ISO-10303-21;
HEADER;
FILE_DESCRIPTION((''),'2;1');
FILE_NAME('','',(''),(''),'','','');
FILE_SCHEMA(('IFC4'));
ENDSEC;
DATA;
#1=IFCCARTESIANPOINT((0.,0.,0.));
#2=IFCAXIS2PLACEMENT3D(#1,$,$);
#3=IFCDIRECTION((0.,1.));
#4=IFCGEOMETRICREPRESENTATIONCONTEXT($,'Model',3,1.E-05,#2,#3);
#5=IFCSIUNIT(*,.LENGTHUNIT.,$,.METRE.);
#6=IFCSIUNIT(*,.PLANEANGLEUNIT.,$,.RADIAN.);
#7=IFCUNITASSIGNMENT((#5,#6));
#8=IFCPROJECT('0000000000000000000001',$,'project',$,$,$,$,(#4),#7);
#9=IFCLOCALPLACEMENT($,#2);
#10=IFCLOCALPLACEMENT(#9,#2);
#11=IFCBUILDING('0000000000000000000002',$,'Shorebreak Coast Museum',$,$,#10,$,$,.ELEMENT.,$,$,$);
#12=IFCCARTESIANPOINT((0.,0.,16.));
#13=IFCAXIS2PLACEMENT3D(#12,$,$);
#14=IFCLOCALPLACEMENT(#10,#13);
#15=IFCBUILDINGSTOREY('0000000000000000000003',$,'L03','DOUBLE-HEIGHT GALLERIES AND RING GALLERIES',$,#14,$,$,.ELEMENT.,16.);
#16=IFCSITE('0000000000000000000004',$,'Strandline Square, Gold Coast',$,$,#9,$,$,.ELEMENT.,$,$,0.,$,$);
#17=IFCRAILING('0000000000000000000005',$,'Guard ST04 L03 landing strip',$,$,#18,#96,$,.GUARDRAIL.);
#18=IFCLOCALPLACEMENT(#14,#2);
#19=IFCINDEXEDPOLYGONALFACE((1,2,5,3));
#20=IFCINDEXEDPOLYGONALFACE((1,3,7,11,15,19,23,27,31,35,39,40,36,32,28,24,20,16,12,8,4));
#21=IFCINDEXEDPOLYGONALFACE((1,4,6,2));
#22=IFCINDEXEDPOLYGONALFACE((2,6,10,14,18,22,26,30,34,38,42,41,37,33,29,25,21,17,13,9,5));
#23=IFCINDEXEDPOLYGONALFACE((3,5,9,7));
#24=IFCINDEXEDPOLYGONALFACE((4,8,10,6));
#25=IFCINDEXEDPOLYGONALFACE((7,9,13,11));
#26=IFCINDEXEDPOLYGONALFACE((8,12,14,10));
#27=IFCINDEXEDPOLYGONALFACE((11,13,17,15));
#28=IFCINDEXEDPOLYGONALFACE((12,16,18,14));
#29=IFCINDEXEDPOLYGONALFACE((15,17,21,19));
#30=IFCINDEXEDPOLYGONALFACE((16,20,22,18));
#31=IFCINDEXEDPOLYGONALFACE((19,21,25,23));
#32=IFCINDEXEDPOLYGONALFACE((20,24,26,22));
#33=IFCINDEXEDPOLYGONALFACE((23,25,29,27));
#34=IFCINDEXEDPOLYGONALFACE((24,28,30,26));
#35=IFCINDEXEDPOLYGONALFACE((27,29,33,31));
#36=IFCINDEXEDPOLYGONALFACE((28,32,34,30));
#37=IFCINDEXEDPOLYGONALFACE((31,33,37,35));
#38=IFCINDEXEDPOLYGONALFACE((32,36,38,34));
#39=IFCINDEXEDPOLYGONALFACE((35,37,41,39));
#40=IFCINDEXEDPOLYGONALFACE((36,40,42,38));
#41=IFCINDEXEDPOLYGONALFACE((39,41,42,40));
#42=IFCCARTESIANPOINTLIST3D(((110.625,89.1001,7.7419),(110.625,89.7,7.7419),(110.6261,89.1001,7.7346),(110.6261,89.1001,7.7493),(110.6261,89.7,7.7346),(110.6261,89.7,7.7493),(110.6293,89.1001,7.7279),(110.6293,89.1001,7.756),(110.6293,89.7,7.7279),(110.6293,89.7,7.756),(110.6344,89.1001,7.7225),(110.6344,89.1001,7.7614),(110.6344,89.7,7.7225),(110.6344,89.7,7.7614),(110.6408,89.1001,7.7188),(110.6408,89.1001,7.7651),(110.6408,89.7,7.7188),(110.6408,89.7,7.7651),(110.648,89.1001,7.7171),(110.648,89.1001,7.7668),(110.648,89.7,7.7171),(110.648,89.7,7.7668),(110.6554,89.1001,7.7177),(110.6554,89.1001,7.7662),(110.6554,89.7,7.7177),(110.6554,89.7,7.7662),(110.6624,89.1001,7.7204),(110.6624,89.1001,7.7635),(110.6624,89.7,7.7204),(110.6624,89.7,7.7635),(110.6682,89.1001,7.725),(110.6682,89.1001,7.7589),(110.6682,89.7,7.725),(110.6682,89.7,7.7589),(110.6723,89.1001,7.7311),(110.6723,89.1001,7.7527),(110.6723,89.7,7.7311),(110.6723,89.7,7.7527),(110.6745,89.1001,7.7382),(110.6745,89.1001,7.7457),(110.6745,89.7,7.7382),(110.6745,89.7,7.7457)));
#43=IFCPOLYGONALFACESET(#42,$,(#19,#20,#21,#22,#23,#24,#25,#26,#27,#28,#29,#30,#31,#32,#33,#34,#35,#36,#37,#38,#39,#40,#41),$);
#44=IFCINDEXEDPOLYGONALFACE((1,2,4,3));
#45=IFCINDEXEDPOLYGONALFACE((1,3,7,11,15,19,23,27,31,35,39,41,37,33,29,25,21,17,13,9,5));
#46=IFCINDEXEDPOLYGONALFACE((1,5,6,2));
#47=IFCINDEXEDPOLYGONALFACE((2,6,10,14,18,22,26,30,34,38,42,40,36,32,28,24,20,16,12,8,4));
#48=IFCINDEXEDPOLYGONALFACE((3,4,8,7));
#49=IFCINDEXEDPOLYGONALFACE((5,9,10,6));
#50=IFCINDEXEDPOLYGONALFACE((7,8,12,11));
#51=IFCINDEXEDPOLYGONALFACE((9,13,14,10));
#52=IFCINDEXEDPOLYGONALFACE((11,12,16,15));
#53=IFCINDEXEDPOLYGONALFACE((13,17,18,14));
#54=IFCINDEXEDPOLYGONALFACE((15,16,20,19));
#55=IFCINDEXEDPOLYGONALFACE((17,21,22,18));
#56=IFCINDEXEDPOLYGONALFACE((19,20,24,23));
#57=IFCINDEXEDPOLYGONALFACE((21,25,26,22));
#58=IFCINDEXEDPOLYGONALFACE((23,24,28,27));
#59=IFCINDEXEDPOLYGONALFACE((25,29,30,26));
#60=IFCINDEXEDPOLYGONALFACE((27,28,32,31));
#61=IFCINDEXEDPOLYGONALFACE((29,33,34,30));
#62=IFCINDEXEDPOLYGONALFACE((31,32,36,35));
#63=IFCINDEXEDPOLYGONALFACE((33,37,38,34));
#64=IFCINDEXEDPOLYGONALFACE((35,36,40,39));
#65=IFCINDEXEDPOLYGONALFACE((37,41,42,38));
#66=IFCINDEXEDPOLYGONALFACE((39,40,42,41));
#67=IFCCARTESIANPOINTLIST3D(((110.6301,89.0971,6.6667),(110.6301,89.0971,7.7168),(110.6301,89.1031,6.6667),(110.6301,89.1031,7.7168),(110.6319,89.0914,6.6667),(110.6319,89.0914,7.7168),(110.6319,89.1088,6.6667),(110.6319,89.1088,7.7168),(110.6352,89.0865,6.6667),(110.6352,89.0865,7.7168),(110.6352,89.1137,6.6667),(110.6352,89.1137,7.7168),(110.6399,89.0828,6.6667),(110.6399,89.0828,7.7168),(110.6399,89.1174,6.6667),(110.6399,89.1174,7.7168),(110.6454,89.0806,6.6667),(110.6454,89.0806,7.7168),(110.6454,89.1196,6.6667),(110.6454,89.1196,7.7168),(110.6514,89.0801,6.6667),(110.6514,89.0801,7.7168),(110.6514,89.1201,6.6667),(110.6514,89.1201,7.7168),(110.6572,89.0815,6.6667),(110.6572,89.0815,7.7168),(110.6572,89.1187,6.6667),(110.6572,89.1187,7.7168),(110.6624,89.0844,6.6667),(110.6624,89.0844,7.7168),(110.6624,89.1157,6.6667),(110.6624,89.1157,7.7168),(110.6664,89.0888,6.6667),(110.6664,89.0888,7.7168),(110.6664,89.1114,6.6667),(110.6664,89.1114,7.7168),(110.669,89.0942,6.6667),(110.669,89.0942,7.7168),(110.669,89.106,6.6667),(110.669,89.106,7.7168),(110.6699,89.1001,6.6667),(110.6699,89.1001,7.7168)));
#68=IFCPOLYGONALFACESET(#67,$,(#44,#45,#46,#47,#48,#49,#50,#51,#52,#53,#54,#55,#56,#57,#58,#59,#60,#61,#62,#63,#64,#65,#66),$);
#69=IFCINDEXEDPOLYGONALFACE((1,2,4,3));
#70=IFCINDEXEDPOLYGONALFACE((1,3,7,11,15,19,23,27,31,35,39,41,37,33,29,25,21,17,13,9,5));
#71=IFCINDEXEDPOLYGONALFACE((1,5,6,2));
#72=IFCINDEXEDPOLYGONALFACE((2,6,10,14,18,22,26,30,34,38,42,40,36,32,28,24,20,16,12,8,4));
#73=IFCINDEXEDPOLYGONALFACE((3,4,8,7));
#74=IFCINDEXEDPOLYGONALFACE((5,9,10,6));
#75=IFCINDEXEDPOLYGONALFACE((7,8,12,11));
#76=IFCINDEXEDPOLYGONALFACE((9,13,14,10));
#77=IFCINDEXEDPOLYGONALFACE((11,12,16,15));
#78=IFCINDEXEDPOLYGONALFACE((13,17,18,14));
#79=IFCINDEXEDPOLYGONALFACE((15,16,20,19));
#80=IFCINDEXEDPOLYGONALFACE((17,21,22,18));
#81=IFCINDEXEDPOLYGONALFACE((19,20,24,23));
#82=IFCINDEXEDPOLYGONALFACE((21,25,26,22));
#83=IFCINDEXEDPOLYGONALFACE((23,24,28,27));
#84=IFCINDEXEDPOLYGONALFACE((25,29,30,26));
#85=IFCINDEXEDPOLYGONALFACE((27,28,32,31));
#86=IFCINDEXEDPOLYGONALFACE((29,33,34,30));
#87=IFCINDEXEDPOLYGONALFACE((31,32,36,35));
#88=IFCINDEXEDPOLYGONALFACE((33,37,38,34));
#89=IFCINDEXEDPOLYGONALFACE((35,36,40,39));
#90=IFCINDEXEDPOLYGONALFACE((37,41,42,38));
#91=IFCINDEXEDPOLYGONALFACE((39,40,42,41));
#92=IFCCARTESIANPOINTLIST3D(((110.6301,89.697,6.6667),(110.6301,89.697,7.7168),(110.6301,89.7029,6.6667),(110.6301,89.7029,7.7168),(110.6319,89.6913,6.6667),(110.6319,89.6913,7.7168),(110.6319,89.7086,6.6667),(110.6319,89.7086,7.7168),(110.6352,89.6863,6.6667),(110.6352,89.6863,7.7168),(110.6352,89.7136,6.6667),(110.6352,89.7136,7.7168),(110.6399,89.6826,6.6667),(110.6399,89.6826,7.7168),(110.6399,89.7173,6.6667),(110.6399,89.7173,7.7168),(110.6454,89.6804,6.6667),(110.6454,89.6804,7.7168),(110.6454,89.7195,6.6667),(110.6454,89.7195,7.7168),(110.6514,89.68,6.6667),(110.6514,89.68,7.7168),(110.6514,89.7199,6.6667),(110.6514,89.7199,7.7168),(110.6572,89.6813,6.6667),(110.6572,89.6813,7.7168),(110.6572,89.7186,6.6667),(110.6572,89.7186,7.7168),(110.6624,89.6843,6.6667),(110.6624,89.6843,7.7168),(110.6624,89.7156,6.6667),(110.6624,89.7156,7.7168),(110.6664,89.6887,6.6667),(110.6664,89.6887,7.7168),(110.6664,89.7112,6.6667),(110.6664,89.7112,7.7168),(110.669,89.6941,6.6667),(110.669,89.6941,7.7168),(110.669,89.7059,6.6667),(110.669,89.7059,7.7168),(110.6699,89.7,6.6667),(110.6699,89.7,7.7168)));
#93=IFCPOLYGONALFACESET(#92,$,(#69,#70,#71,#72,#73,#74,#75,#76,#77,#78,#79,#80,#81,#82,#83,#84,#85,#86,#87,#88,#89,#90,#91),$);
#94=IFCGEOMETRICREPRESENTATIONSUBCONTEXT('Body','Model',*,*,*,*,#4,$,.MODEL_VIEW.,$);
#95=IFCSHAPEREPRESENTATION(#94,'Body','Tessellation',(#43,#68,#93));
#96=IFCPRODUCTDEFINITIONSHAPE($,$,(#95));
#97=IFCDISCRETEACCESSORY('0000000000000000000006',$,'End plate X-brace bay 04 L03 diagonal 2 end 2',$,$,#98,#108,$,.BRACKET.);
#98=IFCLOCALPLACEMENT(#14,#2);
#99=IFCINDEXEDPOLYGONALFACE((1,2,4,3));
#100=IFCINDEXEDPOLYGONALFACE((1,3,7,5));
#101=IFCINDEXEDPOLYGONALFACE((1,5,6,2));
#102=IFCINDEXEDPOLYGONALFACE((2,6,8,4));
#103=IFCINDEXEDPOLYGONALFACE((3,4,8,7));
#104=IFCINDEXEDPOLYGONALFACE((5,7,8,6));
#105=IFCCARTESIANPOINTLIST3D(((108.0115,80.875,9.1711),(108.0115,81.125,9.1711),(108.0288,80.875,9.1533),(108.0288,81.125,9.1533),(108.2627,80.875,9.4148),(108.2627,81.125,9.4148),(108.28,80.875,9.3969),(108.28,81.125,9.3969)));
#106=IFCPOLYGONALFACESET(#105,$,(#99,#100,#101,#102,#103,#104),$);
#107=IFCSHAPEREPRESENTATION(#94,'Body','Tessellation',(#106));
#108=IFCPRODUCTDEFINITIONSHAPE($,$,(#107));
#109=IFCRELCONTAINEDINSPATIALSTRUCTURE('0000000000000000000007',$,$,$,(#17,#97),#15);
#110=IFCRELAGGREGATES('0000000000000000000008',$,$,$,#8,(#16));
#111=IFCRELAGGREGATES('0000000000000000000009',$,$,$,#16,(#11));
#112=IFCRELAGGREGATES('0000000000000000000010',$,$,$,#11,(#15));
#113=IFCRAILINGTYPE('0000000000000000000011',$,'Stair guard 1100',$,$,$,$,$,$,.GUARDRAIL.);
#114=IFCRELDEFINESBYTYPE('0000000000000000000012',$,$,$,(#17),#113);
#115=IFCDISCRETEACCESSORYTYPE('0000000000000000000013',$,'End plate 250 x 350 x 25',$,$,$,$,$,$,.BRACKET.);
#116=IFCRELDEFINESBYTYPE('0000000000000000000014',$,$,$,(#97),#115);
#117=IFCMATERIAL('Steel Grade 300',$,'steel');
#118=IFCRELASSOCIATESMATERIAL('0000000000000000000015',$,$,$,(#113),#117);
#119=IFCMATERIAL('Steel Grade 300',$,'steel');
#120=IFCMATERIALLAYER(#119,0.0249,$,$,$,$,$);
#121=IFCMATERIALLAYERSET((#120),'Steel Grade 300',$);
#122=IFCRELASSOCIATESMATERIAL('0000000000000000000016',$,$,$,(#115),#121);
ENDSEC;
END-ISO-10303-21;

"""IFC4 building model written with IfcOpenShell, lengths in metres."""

from ifc_helpers import new_model, si_unit, direction, frame, origin, origin_2d, place, context, subcontext, project, spatial, polyline, circle, outline, extrude, material, layer, layer_set, type_object, element, save


model = new_model("IFC4")

# Units and contexts
model_context = context("Model", 3, precision=1e-05, world=origin(), true_north=direction((0.0, 1.0)))
body_context = subcontext(model_context, "Body", "Model", "MODEL_VIEW")
ifc_project = project(units=[si_unit("LENGTHUNIT", "METRE"), si_unit("PLANEANGLEUNIT", "RADIAN")], contexts=[model_context])

# Site, building, storey
site_placement = place(None, origin())
site = spatial("IfcSite", under=ifc_project, at=site_placement, Name="Strandline Square, Gold Coast", CompositionType="ELEMENT", RefElevation=0.0)
building_placement = place(site_placement, origin())
building = spatial("IfcBuilding", under=site, at=building_placement, Name="Shorebreak Coast Museum", CompositionType="ELEMENT")
storey_placement = place(building_placement, frame((0.0, 0.0, 16.0)))
storey = spatial("IfcBuildingStorey", under=building, at=storey_placement, Name="L03", Description="DOUBLE-HEIGHT GALLERIES AND RING GALLERIES", CompositionType="ELEMENT", Elevation=16.0)

# Railing
ifc_material_1 = material(Name="Steel Grade 300", Category="steel")
railing_type = type_object("IfcRailingType", Name="Stair guard 1100", PredefinedType="GUARDRAIL", material=ifc_material_1)
for number, where, name in (
    (1, (110.6499, 89.1001, 6.6667), "Guard ST04 L03 landing strip"),
):
    element("IfcRailing", number, at=place(storey_placement, frame(where)), inside=storey, type_object=railing_type, Name=name, PredefinedType="GUARDRAIL", context=body_context, shape_type="SweptSolid", body=[
        extrude(circle(Radius=0.0249, at=origin_2d()), frame((0.0, 0.0, 1.0752), z_axis=(0.0, 1.0, 0.0), x_axis=(-1.0, 0.0, 0.0)), (0.0, 0.0, 1.0), 0.5999),
        extrude(circle(Radius=0.02, at=origin_2d()), origin(), (0.0, 0.0, 1.0), 1.05),
        extrude(circle(Radius=0.02, at=origin_2d()), frame((0.0, 0.5999, 0.0)), (0.0, 0.0, 1.0), 1.05),
    ])

# Discrete accessory
ifc_material_2 = material(Name="Steel Grade 300", Category="steel")
ifc_layer_1 = layer(ifc_material_2, 0.0249)
ifc_layer_set_1 = layer_set([ifc_layer_1], Name="Steel Grade 300")
discrete_accessory_type = type_object("IfcDiscreteAccessoryType", Name="End plate 250 x 350 x 25", PredefinedType="BRACKET", material=ifc_layer_set_1)
discrete_accessory_placement = place(storey_placement, frame((108.0115, 81.125, 9.1711), z_axis=(-0.696211, 0.0, 0.717837), x_axis=(0.0, -1.0, 0.0)))
element("IfcDiscreteAccessory", 2, at=discrete_accessory_placement, inside=storey, type_object=discrete_accessory_type, Name="End plate X-brace bay 04 L03 diagonal 2 end 2", PredefinedType="BRACKET", context=body_context, shape_type="SweptSolid", body=[
    extrude(outline(polyline([(0.0, 0.0), (0.25, 0.0), (0.25, 0.35), (0.0, 0.35), (0.0, 0.0)])), origin(), (0.0, 0.0, -1.0), 0.0249),
])

save(model, "model.ifc")
